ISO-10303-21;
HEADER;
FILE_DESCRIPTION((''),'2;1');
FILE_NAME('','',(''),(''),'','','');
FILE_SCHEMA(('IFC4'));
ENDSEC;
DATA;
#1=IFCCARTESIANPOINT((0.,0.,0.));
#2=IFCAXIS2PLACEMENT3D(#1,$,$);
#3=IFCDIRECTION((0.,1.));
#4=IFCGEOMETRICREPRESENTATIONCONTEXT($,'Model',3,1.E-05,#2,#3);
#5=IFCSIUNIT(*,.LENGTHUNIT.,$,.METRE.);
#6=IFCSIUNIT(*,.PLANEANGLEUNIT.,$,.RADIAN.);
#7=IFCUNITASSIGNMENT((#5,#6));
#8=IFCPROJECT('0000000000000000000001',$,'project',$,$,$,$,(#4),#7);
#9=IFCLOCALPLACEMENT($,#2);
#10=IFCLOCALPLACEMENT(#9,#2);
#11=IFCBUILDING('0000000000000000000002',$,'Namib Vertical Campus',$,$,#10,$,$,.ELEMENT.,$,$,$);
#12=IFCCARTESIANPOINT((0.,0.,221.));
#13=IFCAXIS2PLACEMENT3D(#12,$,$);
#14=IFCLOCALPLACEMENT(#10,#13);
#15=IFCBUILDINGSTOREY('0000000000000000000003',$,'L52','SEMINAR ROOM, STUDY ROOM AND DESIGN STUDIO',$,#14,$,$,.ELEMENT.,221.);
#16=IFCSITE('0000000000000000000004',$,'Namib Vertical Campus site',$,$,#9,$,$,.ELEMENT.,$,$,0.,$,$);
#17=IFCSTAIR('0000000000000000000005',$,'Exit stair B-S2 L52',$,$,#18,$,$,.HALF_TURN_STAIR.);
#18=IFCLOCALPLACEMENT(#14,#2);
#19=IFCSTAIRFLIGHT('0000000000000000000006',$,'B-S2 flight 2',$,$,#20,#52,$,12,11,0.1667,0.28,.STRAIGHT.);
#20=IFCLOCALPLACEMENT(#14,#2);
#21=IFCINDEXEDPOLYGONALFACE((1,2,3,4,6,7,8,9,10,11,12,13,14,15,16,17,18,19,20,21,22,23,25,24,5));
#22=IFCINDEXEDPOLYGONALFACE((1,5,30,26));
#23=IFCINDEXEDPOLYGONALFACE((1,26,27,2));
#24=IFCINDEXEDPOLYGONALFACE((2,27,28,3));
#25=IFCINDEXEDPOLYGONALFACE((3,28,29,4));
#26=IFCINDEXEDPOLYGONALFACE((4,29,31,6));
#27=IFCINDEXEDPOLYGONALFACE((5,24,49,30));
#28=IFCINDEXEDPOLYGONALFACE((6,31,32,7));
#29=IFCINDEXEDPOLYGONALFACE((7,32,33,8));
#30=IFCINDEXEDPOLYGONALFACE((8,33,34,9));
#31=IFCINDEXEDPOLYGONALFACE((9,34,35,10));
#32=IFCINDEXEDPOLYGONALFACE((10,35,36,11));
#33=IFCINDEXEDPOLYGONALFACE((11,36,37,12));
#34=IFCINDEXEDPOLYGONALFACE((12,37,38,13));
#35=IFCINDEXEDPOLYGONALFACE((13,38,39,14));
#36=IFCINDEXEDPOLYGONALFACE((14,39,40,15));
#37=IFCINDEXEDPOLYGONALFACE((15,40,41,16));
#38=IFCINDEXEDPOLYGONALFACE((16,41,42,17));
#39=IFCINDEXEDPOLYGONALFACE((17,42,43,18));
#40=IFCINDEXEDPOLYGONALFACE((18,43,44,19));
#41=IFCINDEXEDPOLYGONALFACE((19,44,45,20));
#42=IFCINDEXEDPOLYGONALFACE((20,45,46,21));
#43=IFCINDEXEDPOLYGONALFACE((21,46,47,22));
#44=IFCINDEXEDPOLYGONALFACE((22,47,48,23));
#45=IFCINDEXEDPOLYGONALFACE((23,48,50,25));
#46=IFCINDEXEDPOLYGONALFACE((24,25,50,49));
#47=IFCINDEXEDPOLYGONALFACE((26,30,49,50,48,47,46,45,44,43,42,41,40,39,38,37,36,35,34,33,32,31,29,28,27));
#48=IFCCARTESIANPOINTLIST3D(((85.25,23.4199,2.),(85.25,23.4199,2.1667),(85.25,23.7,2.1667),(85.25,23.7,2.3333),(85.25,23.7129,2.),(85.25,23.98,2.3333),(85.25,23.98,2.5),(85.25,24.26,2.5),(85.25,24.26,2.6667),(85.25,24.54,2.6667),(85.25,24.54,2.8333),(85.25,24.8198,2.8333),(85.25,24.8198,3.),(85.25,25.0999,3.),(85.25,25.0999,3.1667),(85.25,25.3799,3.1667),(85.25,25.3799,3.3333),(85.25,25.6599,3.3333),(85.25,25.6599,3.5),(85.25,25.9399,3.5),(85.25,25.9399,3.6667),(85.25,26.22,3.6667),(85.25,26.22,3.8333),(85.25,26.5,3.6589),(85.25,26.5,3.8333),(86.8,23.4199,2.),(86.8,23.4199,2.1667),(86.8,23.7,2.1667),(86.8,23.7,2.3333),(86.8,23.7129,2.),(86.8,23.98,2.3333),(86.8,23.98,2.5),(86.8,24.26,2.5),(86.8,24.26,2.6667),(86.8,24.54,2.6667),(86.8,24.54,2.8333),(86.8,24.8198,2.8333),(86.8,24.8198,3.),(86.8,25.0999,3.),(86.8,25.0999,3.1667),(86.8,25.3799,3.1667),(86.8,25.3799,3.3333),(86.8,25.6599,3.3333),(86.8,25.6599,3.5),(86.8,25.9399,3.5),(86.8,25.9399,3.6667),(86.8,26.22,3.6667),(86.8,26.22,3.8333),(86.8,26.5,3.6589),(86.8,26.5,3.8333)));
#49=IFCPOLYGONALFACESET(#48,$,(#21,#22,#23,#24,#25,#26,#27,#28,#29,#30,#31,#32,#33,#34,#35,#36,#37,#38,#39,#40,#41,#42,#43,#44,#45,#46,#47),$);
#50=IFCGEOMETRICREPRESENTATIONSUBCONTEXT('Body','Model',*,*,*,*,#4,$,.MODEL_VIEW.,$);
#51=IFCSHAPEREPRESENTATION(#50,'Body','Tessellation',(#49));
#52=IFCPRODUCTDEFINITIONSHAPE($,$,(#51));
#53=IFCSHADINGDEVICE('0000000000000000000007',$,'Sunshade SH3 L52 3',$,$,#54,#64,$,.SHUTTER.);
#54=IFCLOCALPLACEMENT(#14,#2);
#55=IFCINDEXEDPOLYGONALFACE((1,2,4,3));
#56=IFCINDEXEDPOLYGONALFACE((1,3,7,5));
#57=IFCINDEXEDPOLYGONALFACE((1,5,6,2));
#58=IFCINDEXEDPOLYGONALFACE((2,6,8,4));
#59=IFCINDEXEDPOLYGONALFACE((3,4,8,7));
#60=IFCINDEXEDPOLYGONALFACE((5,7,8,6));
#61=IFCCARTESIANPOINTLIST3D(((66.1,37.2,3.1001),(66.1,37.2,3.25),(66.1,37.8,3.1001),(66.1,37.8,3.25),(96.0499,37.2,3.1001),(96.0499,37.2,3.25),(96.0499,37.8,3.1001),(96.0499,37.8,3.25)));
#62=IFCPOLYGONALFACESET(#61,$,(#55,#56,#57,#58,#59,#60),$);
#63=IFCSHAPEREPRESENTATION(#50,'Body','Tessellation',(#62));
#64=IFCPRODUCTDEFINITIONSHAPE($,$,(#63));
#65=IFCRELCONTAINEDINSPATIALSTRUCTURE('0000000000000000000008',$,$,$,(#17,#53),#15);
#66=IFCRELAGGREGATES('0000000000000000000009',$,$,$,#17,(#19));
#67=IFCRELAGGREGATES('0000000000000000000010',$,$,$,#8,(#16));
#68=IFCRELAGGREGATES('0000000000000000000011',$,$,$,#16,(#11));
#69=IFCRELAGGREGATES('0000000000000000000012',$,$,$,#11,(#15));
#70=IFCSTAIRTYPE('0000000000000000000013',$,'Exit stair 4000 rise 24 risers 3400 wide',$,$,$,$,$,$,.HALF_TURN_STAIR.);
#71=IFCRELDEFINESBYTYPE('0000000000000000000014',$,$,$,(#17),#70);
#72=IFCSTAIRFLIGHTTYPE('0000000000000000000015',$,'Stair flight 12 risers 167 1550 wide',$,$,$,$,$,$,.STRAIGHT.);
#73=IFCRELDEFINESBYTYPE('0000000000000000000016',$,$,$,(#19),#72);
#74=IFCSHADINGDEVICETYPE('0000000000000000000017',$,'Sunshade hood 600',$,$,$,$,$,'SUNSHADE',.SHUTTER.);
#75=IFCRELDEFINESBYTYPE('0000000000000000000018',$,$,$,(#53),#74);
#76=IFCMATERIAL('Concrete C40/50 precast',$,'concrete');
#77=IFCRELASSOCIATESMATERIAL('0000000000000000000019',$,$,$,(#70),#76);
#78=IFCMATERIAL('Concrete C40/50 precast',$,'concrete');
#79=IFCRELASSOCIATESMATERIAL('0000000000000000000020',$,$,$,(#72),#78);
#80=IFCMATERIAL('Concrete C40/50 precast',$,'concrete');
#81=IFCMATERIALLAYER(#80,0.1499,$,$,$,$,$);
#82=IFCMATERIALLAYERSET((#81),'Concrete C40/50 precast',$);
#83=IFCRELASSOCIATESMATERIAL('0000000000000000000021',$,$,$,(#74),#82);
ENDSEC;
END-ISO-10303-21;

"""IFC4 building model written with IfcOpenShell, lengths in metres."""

from ifc_helpers import new_model, si_unit, direction, frame, origin, origin_2d, place, context, subcontext, project, spatial, polyline, rectangle, outline, extrude, material, layer, layer_set, type_object, element, aggregate, save


model = new_model("IFC4")

# Units and contexts
model_context = context("Model", 3, precision=1e-05, world=origin(), true_north=direction((0.0, 1.0)))
body_context = subcontext(model_context, "Body", "Model", "MODEL_VIEW")
ifc_project = project(units=[si_unit("LENGTHUNIT", "METRE"), si_unit("PLANEANGLEUNIT", "RADIAN")], contexts=[model_context])

# Site, building, storey
site_placement = place(None, origin())
site = spatial("IfcSite", under=ifc_project, at=site_placement, Name="Namib Vertical Campus site", CompositionType="ELEMENT", RefElevation=0.0)
building_placement = place(site_placement, origin())
building = spatial("IfcBuilding", under=site, at=building_placement, Name="Namib Vertical Campus", CompositionType="ELEMENT")
storey_placement = place(building_placement, frame((0.0, 0.0, 221.0)))
storey = spatial("IfcBuildingStorey", under=building, at=storey_placement, Name="L52", Description="SEMINAR ROOM, STUDY ROOM AND DESIGN STUDIO", CompositionType="ELEMENT", Elevation=221.0)

# Stair, stair flight
ifc_material_1 = material(Name="Concrete C40/50 precast", Category="concrete")
stair_type = type_object("IfcStairType", Name="Exit stair 4000 rise 24 risers 3400 wide", PredefinedType="HALF_TURN_STAIR", material=ifc_material_1)
stair_placement = place(storey_placement, origin())
stair = element("IfcStair", 1, at=stair_placement, inside=storey, type_object=stair_type, Name="Exit stair B-S2 L52", PredefinedType="HALF_TURN_STAIR")
ifc_material_2 = material(Name="Concrete C40/50 precast", Category="concrete")
stair_flight_type = type_object("IfcStairFlightType", Name="Stair flight 12 risers 167 1550 wide", PredefinedType="STRAIGHT", material=ifc_material_2)
stair_flight_1_placement = place(storey_placement, frame((86.0249, 23.4199, 2.0), z_axis=(0.0, 0.0, 1.0), x_axis=(0.0, 1.0, 0.0)))
stair_flight_1 = element("IfcStairFlight", 2, at=stair_flight_1_placement, type_object=stair_flight_type, Name="B-S2 flight 2", NumberOfRisers=12, NumberOfTreads=11, PredefinedType="STRAIGHT", RiserHeight=0.1667, TreadLength=0.28, context=body_context, shape_type="SweptSolid", body=[
    extrude(outline(polyline([(0.0, 0.0), (0.0, 0.1667), (0.28, 0.1667), (0.28, 0.3333), (0.5601, 0.3333), (0.5601, 0.5), (0.8401, 0.5), (0.8401, 0.6667), (1.1201, 0.6667), (1.1201, 0.8333), (1.3999, 0.8333), (1.3999, 1.0), (1.6799, 1.0), (1.6799, 1.1667), (1.96, 1.1667), (1.96, 1.3333), (2.24, 1.3333), (2.24, 1.5), (2.52, 1.5), (2.52, 1.6667), (2.8, 1.6667), (2.8, 1.8333), (3.0801, 1.8333), (3.0801, 2.0), (3.0801, 1.6589), (0.293, 0.0), (0.0, 0.0)])), frame((0.0, 0.7749, 0.0), z_axis=(0.0, -1.0, 0.0), x_axis=(1.0, 0.0, 0.0)), (0.0, 0.0, 1.0), 1.55),
])
aggregate(stair, [stair_flight_1])

# Shading device
ifc_material_3 = material(Name="Concrete C40/50 precast", Category="concrete")
ifc_layer_1 = layer(ifc_material_3, 0.1499)
ifc_layer_set_1 = layer_set([ifc_layer_1], Name="Concrete C40/50 precast")
shading_device_type = type_object("IfcShadingDeviceType", Name="Sunshade hood 600", ElementType="SUNSHADE", PredefinedType="SHUTTER", material=ifc_layer_set_1)
shading_device_placement = place(storey_placement, frame((81.075, 37.5, 3.1001), z_axis=(0.0, 0.0, 1.0), x_axis=(-1.0, 0.0, 0.0)))
element("IfcShadingDevice", 3, at=shading_device_placement, inside=storey, type_object=shading_device_type, Name="Sunshade SH3 L52 3", PredefinedType="SHUTTER", context=body_context, shape_type="SweptSolid", body=[
    extrude(rectangle(XDim=29.95, YDim=0.6001, at=origin_2d()), origin(), (0.0, 0.0, 1.0), 0.1499),
])

save(model, "model.ifc")
